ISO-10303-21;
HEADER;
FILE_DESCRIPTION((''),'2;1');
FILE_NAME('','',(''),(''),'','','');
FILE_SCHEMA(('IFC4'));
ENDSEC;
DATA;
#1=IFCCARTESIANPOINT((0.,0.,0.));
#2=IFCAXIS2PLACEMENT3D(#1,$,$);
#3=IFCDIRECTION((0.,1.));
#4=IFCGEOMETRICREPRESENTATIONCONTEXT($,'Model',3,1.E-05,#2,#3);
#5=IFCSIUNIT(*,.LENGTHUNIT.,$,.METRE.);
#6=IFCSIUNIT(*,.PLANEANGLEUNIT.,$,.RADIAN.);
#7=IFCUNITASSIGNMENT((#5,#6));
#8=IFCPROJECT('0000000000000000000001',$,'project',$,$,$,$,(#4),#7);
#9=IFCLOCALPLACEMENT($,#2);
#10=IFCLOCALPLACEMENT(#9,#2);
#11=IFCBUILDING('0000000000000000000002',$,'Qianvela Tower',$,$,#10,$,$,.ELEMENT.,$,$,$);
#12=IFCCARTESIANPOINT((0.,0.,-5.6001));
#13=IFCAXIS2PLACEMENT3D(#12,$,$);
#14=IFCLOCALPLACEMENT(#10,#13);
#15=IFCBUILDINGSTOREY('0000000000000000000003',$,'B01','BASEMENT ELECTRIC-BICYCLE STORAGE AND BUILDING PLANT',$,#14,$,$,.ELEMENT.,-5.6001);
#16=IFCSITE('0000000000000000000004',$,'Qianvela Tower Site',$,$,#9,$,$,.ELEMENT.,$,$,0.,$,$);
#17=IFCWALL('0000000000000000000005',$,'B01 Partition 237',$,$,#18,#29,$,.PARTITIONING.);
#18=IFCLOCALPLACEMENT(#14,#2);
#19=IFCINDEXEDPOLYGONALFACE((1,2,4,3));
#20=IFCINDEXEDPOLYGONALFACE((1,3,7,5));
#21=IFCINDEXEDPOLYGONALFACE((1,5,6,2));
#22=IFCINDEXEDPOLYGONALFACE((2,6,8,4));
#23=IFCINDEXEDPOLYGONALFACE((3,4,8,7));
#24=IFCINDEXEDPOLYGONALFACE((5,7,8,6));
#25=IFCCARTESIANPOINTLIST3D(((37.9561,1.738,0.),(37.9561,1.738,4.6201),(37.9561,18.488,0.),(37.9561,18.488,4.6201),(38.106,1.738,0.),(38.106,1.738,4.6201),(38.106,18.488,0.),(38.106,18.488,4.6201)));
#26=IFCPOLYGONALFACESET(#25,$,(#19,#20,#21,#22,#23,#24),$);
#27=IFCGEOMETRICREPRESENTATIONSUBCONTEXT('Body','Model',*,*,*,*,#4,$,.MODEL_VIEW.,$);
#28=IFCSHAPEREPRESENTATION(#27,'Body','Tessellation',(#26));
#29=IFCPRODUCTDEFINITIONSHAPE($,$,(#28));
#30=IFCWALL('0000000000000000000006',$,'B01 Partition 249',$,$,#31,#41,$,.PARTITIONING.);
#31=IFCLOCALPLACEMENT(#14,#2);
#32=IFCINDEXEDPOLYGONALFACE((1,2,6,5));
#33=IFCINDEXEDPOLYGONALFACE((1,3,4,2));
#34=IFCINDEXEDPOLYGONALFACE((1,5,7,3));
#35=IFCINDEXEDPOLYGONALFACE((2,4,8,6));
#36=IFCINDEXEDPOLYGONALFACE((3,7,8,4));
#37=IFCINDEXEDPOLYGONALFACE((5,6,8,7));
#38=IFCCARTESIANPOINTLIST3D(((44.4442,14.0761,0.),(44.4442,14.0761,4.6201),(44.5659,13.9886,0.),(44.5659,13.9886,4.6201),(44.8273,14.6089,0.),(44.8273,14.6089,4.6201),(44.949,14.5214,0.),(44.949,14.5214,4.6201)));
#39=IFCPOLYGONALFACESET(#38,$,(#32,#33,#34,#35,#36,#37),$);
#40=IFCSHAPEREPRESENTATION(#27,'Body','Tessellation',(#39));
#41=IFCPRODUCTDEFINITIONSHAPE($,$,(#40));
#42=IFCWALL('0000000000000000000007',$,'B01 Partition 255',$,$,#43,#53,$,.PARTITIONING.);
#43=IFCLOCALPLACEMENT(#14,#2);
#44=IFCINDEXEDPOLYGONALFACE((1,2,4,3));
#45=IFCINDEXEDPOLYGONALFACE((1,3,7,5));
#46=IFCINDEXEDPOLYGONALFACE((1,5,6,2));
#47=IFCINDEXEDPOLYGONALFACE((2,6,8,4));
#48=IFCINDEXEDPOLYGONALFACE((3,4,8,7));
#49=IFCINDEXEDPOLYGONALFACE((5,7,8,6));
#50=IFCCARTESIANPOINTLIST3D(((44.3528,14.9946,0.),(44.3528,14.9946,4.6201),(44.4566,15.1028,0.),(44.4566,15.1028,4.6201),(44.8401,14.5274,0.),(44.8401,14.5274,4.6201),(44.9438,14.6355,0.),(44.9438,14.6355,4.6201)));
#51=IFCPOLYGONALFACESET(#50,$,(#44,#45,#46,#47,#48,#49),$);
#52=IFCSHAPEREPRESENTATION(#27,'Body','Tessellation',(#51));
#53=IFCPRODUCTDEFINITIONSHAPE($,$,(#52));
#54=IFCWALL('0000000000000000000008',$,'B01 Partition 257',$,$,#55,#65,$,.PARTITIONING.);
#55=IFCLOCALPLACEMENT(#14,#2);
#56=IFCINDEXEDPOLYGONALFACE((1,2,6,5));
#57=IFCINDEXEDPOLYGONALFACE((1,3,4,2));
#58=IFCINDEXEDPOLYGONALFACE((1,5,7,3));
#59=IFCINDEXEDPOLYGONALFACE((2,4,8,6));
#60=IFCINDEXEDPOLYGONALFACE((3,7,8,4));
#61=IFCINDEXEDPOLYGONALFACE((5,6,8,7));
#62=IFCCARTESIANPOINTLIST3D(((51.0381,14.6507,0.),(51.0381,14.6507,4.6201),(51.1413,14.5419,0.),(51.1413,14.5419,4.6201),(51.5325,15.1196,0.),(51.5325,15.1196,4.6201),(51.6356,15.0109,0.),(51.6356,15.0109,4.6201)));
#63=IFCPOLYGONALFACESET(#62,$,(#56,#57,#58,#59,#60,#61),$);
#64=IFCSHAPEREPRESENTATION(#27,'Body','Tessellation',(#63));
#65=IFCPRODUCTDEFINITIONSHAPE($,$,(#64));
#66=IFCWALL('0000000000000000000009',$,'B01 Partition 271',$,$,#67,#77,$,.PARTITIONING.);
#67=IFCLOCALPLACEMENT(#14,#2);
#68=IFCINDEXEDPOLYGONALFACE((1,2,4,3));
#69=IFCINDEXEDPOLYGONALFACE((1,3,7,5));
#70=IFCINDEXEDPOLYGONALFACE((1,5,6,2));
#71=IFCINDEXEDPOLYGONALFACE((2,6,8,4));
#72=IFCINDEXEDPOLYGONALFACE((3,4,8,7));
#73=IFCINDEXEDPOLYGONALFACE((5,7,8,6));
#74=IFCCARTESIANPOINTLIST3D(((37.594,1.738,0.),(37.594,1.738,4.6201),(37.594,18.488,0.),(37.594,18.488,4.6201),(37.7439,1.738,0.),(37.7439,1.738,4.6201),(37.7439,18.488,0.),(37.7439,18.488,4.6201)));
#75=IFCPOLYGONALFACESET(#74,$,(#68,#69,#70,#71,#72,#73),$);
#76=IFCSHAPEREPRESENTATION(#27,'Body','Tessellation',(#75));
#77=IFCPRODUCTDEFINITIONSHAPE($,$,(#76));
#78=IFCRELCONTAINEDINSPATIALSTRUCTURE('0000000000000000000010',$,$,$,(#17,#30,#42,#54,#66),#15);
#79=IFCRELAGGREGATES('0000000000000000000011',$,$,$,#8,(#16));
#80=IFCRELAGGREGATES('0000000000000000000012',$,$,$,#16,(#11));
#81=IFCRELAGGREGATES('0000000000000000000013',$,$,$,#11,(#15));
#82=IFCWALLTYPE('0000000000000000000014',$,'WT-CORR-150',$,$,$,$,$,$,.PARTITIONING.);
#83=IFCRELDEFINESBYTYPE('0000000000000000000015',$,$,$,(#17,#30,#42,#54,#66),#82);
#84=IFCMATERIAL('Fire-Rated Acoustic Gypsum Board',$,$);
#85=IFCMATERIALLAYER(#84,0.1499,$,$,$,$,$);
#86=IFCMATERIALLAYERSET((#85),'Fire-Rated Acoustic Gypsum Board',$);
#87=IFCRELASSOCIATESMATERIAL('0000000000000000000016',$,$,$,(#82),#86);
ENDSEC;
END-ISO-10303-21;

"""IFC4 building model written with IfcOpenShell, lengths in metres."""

from ifc_helpers import new_model, si_unit, direction, frame, frame_2d, origin, place, context, subcontext, project, spatial, rectangle, extrude, material, layer, layer_set, type_object, element, save


model = new_model("IFC4")

# Units and contexts
model_context = context("Model", 3, precision=1e-05, world=origin(), true_north=direction((0.0, 1.0)))
body_context = subcontext(model_context, "Body", "Model", "MODEL_VIEW")
ifc_project = project(units=[si_unit("LENGTHUNIT", "METRE"), si_unit("PLANEANGLEUNIT", "RADIAN")], contexts=[model_context])

# Site, building, storey
site_placement = place(None, origin())
site = spatial("IfcSite", under=ifc_project, at=site_placement, Name="Qianvela Tower Site", CompositionType="ELEMENT", RefElevation=0.0)
building_placement = place(site_placement, origin())
building = spatial("IfcBuilding", under=site, at=building_placement, Name="Qianvela Tower", CompositionType="ELEMENT")
storey_placement = place(building_placement, frame((0.0, 0.0, -5.6001)))
storey = spatial("IfcBuildingStorey", under=building, at=storey_placement, Name="B01", Description="BASEMENT ELECTRIC-BICYCLE STORAGE AND BUILDING PLANT", CompositionType="ELEMENT", Elevation=-5.6001)

# Shared definitions
ifc_material_1 = material(Name="Fire-Rated Acoustic Gypsum Board")
ifc_layer = layer(ifc_material_1, 0.1499)
ifc_layer_set = layer_set([ifc_layer], Name="Fire-Rated Acoustic Gypsum Board")
wall_type = type_object("IfcWallType", Name="WT-CORR-150", PredefinedType="PARTITIONING", material=ifc_layer_set)

# Walls
wall_1_placement = place(storey_placement, frame((38.031, 1.738, 0.0), z_axis=(0.0, 0.0, 1.0), x_axis=(0.0, 1.0, 0.0)))
element("IfcWall", 1, at=wall_1_placement, inside=storey, type_object=wall_type, Name="B01 Partition 237", PredefinedType="PARTITIONING", context=body_context, shape_type="SweptSolid", body=[
    extrude(rectangle(XDim=16.75, YDim=0.1499, at=frame_2d((8.375, 0.0))), origin(), (0.0, 0.0, 1.0), 4.6201),
])
wall_2_placement = place(storey_placement, frame((44.8882, 14.5652, 0.0), z_axis=(0.0, 0.0, 1.0), x_axis=(-0.583805, -0.811894, 0.0)))
element("IfcWall", 2, at=wall_2_placement, inside=storey, type_object=wall_type, Name="B01 Partition 249", PredefinedType="PARTITIONING", context=body_context, shape_type="SweptSolid", body=[
    extrude(rectangle(XDim=0.6562, YDim=0.1499, at=frame_2d((0.3281, 0.0))), origin(), (0.0, 0.0, 1.0), 4.6201),
])
wall_3_placement = place(storey_placement, frame((44.4048, 15.0486, 0.0), z_axis=(0.0, 0.0, 1.0), x_axis=(0.721777, -0.692125, 0.0)))
element("IfcWall", 3, at=wall_3_placement, inside=storey, type_object=wall_type, Name="B01 Partition 255", PredefinedType="PARTITIONING", context=body_context, shape_type="SweptSolid", body=[
    extrude(rectangle(XDim=0.675, YDim=0.1499, at=frame_2d((0.3374, 0.0))), origin(), (0.0, 0.0, 1.0), 4.6201),
])
wall_4_placement = place(storey_placement, frame((51.0896, 14.5962, 0.0), z_axis=(0.0, 0.0, 1.0), x_axis=(0.725491, 0.688231, 0.0)))
element("IfcWall", 4, at=wall_4_placement, inside=storey, type_object=wall_type, Name="B01 Partition 257", PredefinedType="PARTITIONING", context=body_context, shape_type="SweptSolid", body=[
    extrude(rectangle(XDim=0.6814, YDim=0.1499, at=frame_2d((0.3408, 0.0))), origin(), (0.0, 0.0, 1.0), 4.6201),
])
wall_5_placement = place(storey_placement, frame((37.6689, 18.488, 0.0), z_axis=(0.0, 0.0, 1.0), x_axis=(0.0, -1.0, 0.0)))
element("IfcWall", 5, at=wall_5_placement, inside=storey, type_object=wall_type, Name="B01 Partition 271", PredefinedType="PARTITIONING", context=body_context, shape_type="SweptSolid", body=[
    extrude(rectangle(XDim=16.75, YDim=0.1499, at=frame_2d((8.375, 0.0))), origin(), (0.0, 0.0, 1.0), 4.6201),
])

save(model, "model.ifc")
